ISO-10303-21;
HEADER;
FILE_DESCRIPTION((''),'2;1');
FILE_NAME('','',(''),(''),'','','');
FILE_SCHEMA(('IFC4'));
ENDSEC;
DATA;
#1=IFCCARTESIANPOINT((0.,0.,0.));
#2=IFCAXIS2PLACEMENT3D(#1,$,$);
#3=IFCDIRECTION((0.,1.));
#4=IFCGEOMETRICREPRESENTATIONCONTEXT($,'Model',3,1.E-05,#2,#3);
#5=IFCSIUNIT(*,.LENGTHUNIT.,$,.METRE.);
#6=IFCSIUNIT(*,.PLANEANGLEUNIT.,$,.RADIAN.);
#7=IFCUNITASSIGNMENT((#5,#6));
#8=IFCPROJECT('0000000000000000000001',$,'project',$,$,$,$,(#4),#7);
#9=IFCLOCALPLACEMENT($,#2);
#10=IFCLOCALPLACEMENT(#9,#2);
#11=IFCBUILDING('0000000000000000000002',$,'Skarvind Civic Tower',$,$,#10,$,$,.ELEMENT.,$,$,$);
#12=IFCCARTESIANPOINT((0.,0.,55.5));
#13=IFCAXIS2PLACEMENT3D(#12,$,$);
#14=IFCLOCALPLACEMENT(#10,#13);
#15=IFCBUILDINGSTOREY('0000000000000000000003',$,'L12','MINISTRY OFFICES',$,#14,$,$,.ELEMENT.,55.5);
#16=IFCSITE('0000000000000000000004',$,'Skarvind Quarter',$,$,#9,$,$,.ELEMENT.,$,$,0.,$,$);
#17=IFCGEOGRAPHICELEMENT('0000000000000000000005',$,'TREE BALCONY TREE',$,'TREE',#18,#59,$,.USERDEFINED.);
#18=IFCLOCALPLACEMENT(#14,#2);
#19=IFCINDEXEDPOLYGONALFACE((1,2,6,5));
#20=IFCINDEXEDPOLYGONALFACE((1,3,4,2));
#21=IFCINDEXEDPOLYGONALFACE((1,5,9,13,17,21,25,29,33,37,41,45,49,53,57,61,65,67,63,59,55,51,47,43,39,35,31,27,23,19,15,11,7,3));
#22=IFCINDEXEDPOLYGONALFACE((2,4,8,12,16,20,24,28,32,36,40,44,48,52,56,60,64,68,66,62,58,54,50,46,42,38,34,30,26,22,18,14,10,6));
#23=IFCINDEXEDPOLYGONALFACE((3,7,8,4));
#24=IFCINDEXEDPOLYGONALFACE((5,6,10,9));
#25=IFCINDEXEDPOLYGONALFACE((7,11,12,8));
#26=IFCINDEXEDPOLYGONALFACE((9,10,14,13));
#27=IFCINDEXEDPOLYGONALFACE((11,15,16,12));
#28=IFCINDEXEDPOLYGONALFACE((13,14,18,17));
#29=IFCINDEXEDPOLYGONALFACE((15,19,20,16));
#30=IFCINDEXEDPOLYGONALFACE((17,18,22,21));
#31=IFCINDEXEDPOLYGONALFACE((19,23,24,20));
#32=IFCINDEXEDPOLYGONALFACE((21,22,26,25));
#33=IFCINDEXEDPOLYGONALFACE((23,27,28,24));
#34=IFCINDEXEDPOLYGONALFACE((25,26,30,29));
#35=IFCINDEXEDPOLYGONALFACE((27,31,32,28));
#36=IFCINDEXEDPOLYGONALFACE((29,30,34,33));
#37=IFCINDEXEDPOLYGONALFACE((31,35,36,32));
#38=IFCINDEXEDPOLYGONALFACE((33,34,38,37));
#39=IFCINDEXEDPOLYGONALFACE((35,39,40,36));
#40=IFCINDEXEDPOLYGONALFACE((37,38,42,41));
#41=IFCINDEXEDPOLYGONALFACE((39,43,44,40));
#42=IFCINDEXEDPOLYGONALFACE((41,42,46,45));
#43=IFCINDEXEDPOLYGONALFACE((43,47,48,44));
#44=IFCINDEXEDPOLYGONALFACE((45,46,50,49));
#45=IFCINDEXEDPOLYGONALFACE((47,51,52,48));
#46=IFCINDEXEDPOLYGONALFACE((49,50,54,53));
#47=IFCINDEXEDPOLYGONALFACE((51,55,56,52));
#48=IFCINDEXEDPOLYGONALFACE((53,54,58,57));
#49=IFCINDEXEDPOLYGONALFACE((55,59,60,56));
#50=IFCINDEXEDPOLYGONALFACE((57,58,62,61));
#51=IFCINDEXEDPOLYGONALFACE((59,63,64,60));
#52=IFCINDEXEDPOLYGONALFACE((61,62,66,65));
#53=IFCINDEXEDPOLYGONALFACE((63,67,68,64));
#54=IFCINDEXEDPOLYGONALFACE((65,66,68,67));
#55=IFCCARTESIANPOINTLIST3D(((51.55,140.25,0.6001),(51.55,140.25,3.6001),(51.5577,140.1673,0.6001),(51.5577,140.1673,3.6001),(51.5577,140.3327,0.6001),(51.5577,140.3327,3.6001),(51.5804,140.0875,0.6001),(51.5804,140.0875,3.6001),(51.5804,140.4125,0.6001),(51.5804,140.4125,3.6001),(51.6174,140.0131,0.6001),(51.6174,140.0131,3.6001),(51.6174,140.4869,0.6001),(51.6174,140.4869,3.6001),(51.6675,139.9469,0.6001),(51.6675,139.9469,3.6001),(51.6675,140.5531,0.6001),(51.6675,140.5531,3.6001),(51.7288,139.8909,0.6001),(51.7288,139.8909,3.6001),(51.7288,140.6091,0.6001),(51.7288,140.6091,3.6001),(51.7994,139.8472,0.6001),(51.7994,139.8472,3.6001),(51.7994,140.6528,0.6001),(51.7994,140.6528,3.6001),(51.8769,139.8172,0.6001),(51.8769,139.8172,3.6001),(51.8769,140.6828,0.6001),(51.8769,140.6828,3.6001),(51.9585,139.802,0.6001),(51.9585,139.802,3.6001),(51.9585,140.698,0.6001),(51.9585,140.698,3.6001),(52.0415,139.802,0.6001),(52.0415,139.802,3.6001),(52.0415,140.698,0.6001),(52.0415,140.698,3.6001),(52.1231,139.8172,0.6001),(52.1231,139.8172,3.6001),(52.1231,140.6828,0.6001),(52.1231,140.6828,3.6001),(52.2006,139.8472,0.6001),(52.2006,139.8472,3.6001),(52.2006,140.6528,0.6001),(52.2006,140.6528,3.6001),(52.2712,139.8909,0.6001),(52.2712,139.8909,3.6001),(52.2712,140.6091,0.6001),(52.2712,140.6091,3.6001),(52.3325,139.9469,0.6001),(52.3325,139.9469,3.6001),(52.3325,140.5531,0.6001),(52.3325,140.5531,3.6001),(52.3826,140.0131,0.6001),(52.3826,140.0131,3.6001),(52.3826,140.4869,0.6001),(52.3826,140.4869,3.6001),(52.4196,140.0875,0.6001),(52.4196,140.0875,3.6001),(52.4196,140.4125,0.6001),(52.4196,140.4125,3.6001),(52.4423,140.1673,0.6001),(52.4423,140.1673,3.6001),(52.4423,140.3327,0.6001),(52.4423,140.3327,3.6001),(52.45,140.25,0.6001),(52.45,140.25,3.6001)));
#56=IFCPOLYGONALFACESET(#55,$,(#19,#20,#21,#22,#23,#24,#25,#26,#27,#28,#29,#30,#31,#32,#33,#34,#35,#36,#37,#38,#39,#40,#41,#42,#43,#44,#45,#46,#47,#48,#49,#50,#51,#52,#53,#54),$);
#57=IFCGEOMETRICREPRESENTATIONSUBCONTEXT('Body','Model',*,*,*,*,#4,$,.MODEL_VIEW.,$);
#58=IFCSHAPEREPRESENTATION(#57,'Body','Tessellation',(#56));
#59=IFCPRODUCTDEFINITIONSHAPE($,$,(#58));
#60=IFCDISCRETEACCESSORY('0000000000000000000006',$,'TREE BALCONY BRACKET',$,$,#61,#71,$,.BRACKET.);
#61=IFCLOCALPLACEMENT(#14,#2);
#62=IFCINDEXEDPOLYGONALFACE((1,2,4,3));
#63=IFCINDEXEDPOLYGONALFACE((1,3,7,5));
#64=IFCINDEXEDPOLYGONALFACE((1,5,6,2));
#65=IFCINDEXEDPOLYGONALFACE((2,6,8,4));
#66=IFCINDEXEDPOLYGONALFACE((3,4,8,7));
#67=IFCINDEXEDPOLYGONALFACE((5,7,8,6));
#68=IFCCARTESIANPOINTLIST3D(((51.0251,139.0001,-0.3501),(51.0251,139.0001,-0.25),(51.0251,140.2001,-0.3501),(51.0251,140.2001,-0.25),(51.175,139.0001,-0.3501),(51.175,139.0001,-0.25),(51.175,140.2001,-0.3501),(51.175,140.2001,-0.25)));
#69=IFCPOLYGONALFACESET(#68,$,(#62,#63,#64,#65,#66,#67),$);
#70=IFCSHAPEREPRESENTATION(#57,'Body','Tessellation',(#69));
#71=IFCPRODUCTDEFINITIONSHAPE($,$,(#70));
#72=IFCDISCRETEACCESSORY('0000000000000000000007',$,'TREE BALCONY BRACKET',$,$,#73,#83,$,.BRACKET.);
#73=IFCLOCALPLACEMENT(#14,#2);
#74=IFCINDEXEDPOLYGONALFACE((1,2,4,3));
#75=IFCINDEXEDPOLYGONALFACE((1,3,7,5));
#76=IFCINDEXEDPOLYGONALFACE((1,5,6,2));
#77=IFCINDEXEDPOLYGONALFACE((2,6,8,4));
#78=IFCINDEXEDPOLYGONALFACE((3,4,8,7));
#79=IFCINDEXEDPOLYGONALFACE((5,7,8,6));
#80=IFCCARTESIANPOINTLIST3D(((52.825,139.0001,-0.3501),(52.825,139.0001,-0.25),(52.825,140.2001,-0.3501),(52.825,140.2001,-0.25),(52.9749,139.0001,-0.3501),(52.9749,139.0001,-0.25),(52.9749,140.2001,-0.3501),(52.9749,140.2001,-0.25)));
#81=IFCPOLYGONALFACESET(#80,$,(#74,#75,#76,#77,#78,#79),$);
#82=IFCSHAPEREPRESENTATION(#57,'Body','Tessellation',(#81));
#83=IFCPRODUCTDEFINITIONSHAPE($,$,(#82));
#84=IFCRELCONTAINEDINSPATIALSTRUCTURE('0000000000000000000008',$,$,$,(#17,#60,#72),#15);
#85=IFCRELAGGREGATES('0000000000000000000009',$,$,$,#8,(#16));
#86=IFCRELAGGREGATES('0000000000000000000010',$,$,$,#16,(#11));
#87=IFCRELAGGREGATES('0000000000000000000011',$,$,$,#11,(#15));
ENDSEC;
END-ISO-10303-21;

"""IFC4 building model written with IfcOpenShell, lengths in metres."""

from ifc_helpers import new_model, si_unit, direction, frame, origin, origin_2d, place, context, subcontext, project, spatial, rectangle, circle, extrude, element, save


model = new_model("IFC4")

# Units and contexts
model_context = context("Model", 3, precision=1e-05, world=origin(), true_north=direction((0.0, 1.0)))
body_context = subcontext(model_context, "Body", "Model", "MODEL_VIEW")
ifc_project = project(units=[si_unit("LENGTHUNIT", "METRE"), si_unit("PLANEANGLEUNIT", "RADIAN")], contexts=[model_context])

# Site, building, storey
site_placement = place(None, origin())
site = spatial("IfcSite", under=ifc_project, at=site_placement, Name="Skarvind Quarter", CompositionType="ELEMENT", RefElevation=0.0)
building_placement = place(site_placement, origin())
building = spatial("IfcBuilding", under=site, at=building_placement, Name="Skarvind Civic Tower", CompositionType="ELEMENT")
storey_placement = place(building_placement, frame((0.0, 0.0, 55.5)))
storey = spatial("IfcBuildingStorey", under=building, at=storey_placement, Name="L12", Description="MINISTRY OFFICES", CompositionType="ELEMENT", Elevation=55.5)

# Geographic element
geographic_element_placement = place(storey_placement, frame((52.0, 140.25, 0.6001), z_axis=(0.0, 0.0, 1.0), x_axis=(1.0, 0.0, 0.0)))
element("IfcGeographicElement", 1, at=geographic_element_placement, inside=storey, Name="TREE BALCONY TREE", ObjectType="TREE", PredefinedType="USERDEFINED", context=body_context, shape_type="SweptSolid", body=[
    extrude(circle(Radius=0.45, at=origin_2d()), origin(), (0.0, 0.0, 1.0), 3.0),
])

# Discrete accessories
for number, where, z_axis, x_axis, name in (
    (2, (51.1001, 139.6001, -0.3501), (0.0, 0.0, 1.0), (1.0, 0.0, 0.0), "TREE BALCONY BRACKET"),
    (3, (52.8999, 139.6001, -0.3501), (0.0, 0.0, 1.0), (1.0, 0.0, 0.0), "TREE BALCONY BRACKET"),
):
    element("IfcDiscreteAccessory", number, at=place(storey_placement, frame(where, z_axis=z_axis, x_axis=x_axis)), inside=storey, Name=name, PredefinedType="BRACKET", context=body_context, shape_type="SweptSolid", body=[
        extrude(rectangle(XDim=0.1499, YDim=1.2, at=origin_2d()), origin(), (0.0, 0.0, 1.0), 0.1001),
    ])

save(model, "model.ifc")
